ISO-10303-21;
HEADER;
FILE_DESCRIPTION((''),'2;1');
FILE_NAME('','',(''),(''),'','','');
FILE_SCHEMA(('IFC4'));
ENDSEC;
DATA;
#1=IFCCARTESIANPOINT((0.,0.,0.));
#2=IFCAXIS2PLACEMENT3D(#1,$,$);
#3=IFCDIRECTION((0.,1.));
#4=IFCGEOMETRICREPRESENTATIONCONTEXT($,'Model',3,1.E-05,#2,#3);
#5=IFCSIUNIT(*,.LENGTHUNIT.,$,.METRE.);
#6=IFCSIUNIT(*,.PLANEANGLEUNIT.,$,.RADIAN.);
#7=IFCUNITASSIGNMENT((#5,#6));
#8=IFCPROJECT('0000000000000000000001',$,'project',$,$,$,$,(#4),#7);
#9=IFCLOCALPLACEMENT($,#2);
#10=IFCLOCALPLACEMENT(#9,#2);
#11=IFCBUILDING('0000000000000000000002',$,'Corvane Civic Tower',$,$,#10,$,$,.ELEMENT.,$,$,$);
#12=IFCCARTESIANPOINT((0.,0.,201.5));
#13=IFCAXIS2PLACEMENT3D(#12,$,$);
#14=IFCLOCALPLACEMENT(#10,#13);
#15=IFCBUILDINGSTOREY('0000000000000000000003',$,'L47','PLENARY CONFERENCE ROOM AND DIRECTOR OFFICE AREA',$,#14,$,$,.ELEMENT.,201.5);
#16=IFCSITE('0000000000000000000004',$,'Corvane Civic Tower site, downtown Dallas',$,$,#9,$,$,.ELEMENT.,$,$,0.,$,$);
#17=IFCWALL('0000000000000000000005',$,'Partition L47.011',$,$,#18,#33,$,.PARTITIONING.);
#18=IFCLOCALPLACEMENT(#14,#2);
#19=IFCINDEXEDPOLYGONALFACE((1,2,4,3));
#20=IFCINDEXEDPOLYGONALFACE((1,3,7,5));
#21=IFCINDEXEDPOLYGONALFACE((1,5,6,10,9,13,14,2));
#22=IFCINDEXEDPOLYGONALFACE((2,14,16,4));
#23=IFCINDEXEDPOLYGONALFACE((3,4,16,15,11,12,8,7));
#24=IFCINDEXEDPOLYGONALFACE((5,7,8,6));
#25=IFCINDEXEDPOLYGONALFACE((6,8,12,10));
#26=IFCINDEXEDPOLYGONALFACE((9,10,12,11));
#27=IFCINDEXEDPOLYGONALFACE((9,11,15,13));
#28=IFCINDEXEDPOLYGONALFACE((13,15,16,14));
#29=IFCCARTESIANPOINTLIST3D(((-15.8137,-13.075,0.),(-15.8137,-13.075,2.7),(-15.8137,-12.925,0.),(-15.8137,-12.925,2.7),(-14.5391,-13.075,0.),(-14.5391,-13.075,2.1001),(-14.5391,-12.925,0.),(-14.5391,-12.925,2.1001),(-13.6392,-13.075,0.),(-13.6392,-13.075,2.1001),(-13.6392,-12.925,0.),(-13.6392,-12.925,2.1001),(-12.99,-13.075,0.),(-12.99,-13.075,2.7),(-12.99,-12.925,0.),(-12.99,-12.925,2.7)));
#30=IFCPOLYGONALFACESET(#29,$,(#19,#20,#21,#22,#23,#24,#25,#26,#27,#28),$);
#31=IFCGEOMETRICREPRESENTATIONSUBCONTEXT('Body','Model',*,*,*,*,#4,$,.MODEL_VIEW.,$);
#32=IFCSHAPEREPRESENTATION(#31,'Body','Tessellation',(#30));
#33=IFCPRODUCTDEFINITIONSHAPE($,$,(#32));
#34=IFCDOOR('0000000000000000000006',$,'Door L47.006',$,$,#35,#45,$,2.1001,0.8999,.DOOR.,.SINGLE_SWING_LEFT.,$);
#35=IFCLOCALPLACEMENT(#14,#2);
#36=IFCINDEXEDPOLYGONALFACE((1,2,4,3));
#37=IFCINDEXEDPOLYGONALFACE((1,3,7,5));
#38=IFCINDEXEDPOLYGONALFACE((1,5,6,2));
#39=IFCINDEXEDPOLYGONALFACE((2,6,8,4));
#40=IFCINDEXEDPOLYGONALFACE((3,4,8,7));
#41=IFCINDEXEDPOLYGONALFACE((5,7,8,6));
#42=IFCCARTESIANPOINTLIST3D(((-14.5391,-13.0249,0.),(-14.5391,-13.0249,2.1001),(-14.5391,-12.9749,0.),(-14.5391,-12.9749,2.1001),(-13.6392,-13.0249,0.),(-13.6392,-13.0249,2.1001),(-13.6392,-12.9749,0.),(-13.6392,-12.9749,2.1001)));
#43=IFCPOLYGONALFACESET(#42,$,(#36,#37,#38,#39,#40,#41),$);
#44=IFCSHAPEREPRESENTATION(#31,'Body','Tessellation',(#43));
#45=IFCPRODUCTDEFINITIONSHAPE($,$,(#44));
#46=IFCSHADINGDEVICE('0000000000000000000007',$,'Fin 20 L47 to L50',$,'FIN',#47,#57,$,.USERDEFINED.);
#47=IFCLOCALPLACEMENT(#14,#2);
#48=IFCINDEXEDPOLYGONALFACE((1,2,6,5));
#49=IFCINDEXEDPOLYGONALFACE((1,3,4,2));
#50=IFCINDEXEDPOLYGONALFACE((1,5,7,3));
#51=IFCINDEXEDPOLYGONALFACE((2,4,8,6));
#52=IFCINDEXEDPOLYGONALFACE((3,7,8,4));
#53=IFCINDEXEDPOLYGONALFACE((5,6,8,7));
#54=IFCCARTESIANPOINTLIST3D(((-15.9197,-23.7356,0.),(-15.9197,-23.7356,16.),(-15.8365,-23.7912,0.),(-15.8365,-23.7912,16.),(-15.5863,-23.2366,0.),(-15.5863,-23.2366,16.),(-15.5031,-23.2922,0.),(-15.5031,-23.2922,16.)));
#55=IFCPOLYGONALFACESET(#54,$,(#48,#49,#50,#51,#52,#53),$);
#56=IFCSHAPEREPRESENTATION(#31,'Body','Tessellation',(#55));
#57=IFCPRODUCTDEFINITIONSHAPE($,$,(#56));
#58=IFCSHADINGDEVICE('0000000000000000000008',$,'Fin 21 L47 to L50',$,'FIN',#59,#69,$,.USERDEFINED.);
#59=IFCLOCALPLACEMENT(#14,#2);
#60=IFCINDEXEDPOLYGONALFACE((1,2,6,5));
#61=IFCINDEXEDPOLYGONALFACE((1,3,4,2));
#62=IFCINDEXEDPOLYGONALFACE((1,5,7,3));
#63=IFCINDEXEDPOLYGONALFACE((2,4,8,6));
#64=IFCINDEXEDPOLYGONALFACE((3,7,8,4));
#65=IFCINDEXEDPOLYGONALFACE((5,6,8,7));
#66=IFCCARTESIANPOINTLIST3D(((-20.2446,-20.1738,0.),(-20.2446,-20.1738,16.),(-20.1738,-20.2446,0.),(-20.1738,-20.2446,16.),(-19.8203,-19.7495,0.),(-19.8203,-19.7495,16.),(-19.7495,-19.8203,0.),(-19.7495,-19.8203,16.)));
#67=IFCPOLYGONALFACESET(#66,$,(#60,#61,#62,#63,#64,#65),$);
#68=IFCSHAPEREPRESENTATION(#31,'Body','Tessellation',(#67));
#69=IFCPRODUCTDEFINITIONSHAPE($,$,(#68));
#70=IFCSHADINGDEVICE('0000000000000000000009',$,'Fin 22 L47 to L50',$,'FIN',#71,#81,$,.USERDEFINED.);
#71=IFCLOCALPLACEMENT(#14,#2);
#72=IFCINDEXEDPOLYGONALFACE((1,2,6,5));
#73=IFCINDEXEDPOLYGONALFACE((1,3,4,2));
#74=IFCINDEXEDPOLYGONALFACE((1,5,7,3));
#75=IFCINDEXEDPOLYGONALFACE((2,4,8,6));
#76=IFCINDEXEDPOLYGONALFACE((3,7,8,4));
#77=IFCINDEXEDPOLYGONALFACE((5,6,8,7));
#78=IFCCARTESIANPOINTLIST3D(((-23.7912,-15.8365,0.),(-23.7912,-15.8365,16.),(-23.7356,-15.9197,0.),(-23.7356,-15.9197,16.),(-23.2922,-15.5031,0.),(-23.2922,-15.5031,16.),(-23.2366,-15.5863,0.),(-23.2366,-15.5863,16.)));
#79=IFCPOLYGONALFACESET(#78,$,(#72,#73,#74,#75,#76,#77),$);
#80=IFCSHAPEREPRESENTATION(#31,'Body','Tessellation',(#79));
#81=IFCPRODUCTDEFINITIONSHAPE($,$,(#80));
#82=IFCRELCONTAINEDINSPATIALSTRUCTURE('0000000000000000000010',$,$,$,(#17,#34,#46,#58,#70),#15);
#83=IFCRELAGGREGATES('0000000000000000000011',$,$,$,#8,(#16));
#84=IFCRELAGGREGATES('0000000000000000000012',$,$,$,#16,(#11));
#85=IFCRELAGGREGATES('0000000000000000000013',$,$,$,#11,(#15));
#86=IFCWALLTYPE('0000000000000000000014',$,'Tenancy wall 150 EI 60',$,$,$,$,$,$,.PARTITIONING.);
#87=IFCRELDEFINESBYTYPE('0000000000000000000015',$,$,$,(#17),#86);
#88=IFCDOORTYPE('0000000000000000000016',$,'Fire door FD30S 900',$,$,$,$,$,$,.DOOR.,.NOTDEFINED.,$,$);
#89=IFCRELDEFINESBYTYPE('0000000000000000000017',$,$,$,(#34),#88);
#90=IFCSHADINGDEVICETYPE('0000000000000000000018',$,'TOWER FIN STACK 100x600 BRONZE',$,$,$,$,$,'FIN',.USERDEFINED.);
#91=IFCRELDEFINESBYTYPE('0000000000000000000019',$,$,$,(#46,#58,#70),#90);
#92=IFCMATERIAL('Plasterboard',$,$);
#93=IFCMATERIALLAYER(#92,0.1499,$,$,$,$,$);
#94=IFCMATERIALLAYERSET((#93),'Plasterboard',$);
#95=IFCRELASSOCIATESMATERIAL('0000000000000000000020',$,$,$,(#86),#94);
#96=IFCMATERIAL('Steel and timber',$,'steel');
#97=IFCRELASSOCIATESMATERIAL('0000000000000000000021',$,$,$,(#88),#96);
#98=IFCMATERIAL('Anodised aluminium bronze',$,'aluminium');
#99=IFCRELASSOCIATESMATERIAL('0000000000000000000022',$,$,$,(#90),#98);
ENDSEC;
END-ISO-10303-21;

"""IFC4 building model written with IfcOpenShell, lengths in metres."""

from ifc_helpers import new_model, si_unit, direction, frame, frame_2d, origin, origin_2d, place, context, subcontext, project, spatial, rectangle, extrude, material, layer, layer_set, material_profile, profile_set, type_object, element, fill, save


model = new_model("IFC4")

# Units and contexts
model_context = context("Model", 3, precision=1e-05, world=origin(), true_north=direction((0.0, 1.0)))
body_context = subcontext(model_context, "Body", "Model", "MODEL_VIEW")
ifc_project = project(units=[si_unit("LENGTHUNIT", "METRE"), si_unit("PLANEANGLEUNIT", "RADIAN")], contexts=[model_context])

# Site, building, storey
site_placement = place(None, origin())
site = spatial("IfcSite", under=ifc_project, at=site_placement, Name="Corvane Civic Tower site, downtown Dallas", CompositionType="ELEMENT", RefElevation=0.0)
building_placement = place(site_placement, origin())
building = spatial("IfcBuilding", under=site, at=building_placement, Name="Corvane Civic Tower", CompositionType="ELEMENT")
storey_placement = place(building_placement, frame((0.0, 0.0, 201.5)))
storey = spatial("IfcBuildingStorey", under=building, at=storey_placement, Name="L47", Description="PLENARY CONFERENCE ROOM AND DIRECTOR OFFICE AREA", CompositionType="ELEMENT", Elevation=201.5)

# Shared definitions
ifc_material_1 = material(Name="Plasterboard")
ifc_layer_1 = layer(ifc_material_1, 0.1499)
ifc_layer_set_1 = layer_set([ifc_layer_1], Name="Plasterboard")
wall_type_1 = type_object("IfcWallType", Name="Tenancy wall 150 EI 60", PredefinedType="PARTITIONING", material=ifc_layer_set_1)

# Wall, opening, door
wall_1_placement = place(storey_placement, frame((-15.8137, -13.0, 0.0), z_axis=(0.0, 0.0, 1.0), x_axis=(1.0, 0.0, 0.0)))
wall_1 = element("IfcWall", 1, at=wall_1_placement, inside=storey, type_object=wall_type_1, Name="Partition L47.011", PredefinedType="PARTITIONING", context=body_context, shape_type="SweptSolid", body=[
    extrude(rectangle(XDim=2.8237, YDim=0.1499, at=frame_2d((1.4119, 0.0))), origin(), (0.0, 0.0, 1.0), 2.7),
])
opening_1_placement = place(wall_1_placement, frame((1.2747, 0.0, 0.0)))
opening_1 = element("IfcOpeningElement", 2, at=opening_1_placement, cuts=wall_1, PredefinedType="OPENING", context=body_context, shape_type="SweptSolid", body=[
    extrude(rectangle(XDim=0.8999, YDim=2.1001, at=frame_2d((0.45, 1.05))), frame((0.0, 0.085, 0.0), z_axis=(0.0, -1.0, 0.0), x_axis=(1.0, 0.0, 0.0)), (0.0, 0.0, 1.0), 0.1699),
])
ifc_material_2 = material(Name="Steel and timber", Category="steel")
door_type_1 = type_object("IfcDoorType", Name="Fire door FD30S 900", OperationType="NOTDEFINED", PredefinedType="DOOR", material=ifc_material_2)
door_1_placement = place(opening_1_placement, frame((0.8999, 0.0, 0.0), z_axis=(0.0, 0.0, 1.0), x_axis=(-1.0, 0.0, 0.0)))
door_1 = element("IfcDoor", 3, at=door_1_placement, inside=storey, type_object=door_type_1, Name="Door L47.006", OperationType="SINGLE_SWING_LEFT", OverallHeight=2.1001, OverallWidth=0.8999, PredefinedType="DOOR", context=body_context, shape_type="SweptSolid", body=[
    extrude(rectangle(XDim=0.8999, YDim=2.1001, at=frame_2d((0.45, 1.05))), frame((0.0, 0.0249, 0.0), z_axis=(0.0, -1.0, 0.0), x_axis=(1.0, 0.0, 0.0)), (0.0, 0.0, 1.0), 0.05),
])
fill(opening_1, door_1)

# Shading devices
ifc_material_3 = material(Name="Anodised aluminium bronze", Category="aluminium")
ifc_material_profile_1 = material_profile(ifc_material_3, rectangle(XDim=0.1001, YDim=0.6001, at=origin_2d()), Name="TOWER FIN STACK 100x600 BRONZE")
ifc_profile_set_1 = profile_set([ifc_material_profile_1], Name="Anodised aluminium bronze")
shading_device_type = type_object("IfcShadingDeviceType", Name="TOWER FIN STACK 100x600 BRONZE", ElementType="FIN", PredefinedType="USERDEFINED", material=ifc_profile_set_1)
for number, where, z_axis, x_axis, name in (
    (4, (-15.7114, -23.5139, 0.0), (0.0, 0.0, 1.0), (-0.83147, 0.55557, 0.0), "Fin 20 L47 to L50"),
    (5, (-19.9971, -19.9971, 0.0), (0.0, 0.0, 1.0), (-0.707107, 0.707107, 0.0), "Fin 21 L47 to L50"),
    (6, (-23.5139, -15.7114, 0.0), (0.0, 0.0, 1.0), (-0.55557, 0.83147, 0.0), "Fin 22 L47 to L50"),
):
    element("IfcShadingDevice", number, at=place(storey_placement, frame(where, z_axis=z_axis, x_axis=x_axis)), inside=storey, type_object=shading_device_type, Name=name, ObjectType="FIN", PredefinedType="USERDEFINED", context=body_context, shape_type="SweptSolid", body=[
        extrude(rectangle(XDim=0.1001, YDim=0.6001, at=origin_2d()), origin(), (0.0, 0.0, 1.0), 16.0),
    ])

save(model, "model.ifc")
